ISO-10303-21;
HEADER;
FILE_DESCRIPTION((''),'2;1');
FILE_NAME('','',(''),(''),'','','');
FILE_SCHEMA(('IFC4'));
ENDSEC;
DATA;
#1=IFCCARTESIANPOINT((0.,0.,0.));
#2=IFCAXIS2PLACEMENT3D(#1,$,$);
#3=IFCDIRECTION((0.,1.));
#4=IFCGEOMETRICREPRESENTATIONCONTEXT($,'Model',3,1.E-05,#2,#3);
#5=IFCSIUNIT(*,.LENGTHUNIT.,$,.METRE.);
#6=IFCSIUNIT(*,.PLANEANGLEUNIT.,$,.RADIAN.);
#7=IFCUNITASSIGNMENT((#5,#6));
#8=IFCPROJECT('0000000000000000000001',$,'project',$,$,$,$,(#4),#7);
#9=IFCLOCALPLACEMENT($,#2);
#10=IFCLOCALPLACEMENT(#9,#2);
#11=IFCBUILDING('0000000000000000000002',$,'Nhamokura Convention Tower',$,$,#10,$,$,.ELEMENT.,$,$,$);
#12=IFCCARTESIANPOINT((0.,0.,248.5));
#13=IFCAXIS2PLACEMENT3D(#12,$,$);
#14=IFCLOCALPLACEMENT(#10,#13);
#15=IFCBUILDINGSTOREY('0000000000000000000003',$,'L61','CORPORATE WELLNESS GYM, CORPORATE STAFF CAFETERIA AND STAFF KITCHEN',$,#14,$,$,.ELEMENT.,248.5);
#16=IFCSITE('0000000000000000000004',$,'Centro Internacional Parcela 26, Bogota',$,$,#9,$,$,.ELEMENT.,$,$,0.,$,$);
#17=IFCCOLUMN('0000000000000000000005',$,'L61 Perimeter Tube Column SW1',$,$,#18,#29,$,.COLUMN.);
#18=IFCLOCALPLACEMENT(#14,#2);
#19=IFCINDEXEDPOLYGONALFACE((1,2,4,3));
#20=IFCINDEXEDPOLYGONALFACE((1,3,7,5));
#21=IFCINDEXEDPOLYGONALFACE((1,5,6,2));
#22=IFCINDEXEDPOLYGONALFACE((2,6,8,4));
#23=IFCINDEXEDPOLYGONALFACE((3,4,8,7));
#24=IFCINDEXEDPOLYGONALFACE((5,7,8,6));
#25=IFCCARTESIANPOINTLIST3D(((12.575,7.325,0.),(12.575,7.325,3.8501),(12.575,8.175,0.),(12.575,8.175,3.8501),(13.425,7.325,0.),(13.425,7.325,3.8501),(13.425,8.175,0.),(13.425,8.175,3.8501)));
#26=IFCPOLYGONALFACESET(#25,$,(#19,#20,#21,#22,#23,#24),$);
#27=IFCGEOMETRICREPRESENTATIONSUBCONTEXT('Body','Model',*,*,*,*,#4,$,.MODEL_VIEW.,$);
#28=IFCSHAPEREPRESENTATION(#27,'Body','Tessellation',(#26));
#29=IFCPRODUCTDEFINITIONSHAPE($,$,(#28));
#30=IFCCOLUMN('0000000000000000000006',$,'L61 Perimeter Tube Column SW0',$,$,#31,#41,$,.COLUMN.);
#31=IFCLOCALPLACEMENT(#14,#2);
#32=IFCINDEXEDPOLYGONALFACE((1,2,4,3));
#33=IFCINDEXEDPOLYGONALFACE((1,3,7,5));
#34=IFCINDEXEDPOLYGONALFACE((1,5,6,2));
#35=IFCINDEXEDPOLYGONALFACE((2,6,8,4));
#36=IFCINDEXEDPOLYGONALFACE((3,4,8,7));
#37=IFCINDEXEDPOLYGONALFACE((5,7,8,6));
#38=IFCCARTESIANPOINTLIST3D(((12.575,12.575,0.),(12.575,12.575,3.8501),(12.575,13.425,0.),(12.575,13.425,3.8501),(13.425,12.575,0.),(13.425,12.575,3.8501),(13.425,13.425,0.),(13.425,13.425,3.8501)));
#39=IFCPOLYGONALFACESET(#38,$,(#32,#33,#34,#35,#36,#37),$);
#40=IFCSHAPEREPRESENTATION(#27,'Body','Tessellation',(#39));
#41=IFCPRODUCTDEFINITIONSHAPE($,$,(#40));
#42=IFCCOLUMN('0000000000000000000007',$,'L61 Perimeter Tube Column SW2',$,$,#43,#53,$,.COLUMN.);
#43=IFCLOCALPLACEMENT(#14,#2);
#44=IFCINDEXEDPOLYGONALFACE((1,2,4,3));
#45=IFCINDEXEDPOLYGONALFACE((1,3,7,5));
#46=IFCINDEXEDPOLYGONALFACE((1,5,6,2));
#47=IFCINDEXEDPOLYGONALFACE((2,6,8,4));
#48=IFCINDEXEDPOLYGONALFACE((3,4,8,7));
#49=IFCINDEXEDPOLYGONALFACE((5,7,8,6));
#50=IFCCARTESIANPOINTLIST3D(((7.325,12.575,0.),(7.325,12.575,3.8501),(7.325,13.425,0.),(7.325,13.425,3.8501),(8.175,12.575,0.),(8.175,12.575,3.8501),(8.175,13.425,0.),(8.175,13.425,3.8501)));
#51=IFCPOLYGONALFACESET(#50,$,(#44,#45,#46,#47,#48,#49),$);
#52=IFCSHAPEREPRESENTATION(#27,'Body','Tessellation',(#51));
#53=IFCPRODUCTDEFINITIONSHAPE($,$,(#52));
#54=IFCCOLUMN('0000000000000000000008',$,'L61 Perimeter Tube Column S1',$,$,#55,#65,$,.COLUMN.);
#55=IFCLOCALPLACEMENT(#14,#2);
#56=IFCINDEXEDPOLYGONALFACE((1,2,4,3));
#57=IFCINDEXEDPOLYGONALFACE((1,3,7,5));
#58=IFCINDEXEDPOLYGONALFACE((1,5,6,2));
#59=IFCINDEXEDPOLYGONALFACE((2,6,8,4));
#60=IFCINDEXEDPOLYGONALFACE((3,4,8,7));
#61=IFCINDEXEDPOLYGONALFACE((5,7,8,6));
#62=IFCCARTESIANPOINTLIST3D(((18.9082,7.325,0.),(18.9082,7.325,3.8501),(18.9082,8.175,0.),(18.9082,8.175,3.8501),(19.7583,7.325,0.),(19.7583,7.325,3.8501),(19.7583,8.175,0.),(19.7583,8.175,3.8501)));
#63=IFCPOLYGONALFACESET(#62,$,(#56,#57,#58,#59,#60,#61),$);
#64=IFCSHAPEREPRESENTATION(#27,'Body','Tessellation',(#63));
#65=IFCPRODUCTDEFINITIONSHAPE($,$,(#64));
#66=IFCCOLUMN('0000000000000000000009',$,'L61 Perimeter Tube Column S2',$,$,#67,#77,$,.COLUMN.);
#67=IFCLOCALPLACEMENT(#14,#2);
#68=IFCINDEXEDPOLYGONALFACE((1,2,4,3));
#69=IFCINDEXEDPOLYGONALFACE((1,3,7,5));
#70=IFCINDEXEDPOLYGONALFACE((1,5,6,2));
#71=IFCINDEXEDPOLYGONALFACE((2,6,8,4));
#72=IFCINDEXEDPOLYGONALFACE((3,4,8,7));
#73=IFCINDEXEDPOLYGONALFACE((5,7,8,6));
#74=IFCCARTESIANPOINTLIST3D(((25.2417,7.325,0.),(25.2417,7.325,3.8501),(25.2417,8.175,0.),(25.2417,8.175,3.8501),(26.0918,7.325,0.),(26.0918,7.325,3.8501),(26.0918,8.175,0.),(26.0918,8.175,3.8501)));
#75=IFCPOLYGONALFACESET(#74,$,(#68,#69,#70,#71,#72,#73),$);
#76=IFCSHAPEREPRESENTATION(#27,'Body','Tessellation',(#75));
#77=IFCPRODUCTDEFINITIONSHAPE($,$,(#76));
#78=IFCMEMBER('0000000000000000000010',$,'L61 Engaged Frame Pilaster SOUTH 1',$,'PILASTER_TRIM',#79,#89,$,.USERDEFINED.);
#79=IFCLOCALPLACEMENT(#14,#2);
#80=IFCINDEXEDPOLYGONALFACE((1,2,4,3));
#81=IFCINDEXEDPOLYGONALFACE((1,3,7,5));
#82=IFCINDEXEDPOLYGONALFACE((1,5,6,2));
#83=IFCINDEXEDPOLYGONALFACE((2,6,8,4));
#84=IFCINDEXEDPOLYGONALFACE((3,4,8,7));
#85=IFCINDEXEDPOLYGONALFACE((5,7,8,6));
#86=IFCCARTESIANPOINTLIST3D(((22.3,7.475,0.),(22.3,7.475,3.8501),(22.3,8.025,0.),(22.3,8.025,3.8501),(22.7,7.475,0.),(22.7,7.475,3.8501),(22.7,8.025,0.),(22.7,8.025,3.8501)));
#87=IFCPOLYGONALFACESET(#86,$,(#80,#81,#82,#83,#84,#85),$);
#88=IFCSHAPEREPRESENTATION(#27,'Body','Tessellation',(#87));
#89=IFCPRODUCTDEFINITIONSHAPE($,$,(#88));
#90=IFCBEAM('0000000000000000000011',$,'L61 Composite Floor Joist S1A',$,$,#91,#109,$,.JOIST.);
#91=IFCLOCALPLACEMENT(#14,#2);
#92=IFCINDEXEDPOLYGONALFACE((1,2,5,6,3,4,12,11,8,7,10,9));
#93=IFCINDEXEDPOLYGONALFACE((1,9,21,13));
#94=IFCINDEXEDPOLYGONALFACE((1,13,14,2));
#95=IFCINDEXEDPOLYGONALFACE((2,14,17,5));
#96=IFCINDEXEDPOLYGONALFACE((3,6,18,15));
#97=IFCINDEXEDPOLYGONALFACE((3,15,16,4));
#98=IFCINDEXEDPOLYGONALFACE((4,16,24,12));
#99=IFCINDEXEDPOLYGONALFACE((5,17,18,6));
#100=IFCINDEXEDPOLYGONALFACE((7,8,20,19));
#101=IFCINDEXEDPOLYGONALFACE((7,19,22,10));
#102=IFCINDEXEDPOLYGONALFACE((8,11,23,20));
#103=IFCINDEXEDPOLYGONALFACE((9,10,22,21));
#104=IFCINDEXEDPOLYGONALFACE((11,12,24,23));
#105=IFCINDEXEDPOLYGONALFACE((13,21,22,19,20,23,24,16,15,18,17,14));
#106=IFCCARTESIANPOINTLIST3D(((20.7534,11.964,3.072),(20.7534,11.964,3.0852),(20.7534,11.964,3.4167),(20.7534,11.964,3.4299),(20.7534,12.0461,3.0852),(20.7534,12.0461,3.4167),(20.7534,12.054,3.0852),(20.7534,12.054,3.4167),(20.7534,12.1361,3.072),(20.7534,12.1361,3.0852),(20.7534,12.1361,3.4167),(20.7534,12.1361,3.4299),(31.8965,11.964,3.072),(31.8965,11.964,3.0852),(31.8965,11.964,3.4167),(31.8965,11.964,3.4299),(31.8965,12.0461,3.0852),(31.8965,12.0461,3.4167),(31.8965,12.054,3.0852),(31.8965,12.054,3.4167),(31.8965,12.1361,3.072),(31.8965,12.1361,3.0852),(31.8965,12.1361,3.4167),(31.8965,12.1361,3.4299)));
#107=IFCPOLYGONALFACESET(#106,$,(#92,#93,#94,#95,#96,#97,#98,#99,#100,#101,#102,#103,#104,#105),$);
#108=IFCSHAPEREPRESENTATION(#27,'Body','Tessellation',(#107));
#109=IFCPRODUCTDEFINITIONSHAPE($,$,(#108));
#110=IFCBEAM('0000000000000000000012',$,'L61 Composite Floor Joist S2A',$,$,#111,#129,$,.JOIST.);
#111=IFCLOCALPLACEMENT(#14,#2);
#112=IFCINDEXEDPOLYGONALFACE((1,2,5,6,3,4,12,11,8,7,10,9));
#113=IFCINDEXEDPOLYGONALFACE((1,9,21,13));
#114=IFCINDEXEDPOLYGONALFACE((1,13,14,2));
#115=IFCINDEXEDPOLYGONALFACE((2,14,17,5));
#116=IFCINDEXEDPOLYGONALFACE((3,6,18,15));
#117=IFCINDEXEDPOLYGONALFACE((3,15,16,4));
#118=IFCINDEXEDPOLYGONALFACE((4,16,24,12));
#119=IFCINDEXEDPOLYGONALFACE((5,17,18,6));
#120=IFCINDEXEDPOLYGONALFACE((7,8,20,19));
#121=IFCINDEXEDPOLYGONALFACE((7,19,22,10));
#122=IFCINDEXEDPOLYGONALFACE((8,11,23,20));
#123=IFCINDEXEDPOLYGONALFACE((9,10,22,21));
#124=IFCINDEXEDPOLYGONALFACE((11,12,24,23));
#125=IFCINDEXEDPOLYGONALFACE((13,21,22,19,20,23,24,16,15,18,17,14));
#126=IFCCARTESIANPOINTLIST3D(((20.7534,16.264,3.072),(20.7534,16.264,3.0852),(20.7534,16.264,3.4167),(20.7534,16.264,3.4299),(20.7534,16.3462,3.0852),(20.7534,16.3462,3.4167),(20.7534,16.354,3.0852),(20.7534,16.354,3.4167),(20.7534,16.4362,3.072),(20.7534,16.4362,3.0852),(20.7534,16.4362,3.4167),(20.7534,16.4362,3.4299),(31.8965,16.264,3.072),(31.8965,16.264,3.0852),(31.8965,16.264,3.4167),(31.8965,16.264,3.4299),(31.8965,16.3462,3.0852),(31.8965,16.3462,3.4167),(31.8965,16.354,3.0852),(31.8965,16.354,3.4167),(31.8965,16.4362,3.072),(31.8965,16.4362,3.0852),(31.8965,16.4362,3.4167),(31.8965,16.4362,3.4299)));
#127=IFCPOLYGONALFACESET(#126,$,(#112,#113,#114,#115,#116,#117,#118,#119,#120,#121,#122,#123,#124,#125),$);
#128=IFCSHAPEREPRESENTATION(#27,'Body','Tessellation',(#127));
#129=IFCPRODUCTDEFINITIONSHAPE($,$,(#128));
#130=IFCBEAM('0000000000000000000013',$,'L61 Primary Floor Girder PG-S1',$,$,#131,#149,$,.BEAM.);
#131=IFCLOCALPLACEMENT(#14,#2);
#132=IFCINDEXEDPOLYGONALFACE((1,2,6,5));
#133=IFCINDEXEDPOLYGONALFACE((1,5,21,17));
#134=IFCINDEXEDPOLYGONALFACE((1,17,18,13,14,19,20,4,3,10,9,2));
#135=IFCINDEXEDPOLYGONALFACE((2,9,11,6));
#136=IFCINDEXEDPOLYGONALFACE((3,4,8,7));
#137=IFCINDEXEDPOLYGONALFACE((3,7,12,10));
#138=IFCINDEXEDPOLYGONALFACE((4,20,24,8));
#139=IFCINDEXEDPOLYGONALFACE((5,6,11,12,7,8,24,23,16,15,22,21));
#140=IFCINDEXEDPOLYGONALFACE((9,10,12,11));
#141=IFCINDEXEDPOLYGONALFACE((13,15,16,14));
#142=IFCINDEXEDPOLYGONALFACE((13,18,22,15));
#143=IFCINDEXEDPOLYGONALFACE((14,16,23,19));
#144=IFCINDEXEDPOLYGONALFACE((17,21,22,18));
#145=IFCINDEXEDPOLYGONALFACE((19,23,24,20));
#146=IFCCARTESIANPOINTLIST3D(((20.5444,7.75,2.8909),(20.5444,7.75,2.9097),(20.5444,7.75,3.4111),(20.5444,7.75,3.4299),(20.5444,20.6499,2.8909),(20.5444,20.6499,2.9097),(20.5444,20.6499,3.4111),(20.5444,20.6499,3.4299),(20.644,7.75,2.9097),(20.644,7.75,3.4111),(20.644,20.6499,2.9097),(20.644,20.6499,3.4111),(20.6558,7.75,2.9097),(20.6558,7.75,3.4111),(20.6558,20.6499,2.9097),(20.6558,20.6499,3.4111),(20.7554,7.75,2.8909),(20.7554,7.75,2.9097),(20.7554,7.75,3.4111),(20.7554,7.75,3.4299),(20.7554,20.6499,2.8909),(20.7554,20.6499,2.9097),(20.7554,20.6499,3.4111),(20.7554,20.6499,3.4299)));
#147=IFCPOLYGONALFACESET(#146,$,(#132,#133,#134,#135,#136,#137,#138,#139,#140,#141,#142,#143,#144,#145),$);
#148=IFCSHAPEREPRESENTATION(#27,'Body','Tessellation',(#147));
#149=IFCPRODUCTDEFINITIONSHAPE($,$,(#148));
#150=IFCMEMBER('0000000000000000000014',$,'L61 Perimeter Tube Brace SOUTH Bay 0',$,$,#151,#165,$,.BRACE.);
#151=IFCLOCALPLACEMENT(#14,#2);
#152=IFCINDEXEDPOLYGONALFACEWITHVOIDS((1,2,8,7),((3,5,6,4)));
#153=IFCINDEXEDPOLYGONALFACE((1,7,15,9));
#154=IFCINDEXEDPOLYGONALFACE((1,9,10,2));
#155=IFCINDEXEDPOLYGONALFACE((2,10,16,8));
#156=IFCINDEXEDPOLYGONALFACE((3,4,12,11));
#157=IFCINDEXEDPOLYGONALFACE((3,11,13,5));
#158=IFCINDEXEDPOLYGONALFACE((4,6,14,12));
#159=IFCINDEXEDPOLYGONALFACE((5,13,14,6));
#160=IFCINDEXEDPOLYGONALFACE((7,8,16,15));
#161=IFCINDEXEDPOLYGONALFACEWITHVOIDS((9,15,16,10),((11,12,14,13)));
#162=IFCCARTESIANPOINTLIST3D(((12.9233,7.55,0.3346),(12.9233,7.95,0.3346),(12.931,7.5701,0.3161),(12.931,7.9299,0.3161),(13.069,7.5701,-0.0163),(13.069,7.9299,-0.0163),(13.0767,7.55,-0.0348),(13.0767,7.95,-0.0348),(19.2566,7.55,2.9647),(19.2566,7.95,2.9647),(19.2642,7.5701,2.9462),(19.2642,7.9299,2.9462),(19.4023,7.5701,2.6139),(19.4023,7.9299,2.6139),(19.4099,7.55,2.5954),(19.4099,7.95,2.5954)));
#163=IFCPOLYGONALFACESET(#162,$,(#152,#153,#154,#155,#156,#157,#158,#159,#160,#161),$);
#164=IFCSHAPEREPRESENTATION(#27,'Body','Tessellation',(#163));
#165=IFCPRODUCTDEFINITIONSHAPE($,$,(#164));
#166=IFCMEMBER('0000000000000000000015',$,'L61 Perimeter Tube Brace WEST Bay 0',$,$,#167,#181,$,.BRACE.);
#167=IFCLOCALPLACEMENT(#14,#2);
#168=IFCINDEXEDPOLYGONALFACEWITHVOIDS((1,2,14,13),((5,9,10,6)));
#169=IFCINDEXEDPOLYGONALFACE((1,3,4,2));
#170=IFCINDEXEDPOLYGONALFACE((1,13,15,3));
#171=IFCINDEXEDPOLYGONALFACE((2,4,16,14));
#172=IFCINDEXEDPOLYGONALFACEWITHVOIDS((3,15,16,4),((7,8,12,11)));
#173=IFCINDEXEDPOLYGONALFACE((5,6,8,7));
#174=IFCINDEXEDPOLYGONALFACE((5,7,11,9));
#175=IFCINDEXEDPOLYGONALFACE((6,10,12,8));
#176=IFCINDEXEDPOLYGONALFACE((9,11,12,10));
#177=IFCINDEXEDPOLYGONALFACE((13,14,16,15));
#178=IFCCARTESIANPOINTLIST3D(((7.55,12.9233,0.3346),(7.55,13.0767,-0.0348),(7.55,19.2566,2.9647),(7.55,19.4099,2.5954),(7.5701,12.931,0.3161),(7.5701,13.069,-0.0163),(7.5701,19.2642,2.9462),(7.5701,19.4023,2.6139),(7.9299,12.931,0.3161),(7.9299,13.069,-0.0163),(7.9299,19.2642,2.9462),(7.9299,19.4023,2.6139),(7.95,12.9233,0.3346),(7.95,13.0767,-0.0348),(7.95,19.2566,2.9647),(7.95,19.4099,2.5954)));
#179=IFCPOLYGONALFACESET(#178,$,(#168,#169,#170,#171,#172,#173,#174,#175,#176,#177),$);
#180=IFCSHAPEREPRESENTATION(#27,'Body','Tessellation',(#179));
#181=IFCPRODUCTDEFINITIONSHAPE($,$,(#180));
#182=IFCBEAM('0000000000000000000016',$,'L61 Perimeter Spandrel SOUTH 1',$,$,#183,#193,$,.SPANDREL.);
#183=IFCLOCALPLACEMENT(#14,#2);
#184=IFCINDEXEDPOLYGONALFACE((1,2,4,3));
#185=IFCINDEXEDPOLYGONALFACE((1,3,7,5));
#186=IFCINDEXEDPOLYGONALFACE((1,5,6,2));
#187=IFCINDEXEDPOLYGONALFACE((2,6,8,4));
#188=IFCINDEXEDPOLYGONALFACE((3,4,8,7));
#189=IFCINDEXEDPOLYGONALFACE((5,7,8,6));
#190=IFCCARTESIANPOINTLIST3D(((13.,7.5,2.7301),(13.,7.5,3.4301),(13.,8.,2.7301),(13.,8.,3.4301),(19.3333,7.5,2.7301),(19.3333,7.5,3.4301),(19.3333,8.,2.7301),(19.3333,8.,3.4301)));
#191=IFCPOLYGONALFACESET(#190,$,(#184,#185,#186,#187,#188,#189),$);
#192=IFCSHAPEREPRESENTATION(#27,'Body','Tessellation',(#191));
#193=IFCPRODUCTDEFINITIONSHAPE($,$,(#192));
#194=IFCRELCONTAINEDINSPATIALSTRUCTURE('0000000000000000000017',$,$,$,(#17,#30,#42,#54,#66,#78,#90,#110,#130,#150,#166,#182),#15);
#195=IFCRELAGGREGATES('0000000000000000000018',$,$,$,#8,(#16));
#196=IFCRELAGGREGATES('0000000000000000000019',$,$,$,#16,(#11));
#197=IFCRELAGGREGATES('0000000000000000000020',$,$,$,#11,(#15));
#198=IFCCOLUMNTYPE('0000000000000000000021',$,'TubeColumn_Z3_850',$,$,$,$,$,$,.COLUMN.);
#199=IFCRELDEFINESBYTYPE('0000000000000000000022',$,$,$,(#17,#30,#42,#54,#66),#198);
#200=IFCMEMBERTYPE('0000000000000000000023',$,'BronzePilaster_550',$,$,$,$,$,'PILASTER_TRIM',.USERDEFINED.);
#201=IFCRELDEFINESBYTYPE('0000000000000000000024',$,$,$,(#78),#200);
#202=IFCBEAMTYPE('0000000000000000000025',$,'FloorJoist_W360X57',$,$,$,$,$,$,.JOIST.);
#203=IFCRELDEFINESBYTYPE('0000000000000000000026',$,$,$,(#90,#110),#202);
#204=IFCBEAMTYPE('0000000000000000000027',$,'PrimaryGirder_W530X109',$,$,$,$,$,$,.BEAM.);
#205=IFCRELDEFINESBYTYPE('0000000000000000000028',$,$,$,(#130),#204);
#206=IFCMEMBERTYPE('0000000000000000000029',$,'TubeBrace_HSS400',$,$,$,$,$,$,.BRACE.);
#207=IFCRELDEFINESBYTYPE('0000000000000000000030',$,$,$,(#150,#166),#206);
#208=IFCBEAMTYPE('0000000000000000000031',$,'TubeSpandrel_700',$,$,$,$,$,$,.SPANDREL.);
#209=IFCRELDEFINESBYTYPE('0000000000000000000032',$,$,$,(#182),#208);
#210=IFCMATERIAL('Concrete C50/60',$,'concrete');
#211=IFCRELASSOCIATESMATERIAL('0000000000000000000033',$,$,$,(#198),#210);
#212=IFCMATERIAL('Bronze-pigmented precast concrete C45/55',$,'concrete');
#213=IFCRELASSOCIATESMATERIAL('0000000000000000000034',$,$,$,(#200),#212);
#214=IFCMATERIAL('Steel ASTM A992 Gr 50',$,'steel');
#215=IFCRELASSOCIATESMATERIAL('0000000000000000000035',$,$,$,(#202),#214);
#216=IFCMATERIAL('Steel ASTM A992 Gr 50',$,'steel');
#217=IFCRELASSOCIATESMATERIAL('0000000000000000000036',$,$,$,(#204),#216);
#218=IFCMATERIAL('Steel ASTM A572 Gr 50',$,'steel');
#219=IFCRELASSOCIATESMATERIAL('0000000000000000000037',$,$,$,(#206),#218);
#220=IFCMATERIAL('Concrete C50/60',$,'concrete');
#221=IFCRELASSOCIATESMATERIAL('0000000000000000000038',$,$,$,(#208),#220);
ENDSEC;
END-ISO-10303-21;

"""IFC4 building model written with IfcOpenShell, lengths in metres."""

from ifc_helpers import new_model, si_unit, direction, frame, origin, origin_2d, place, context, subcontext, project, spatial, rectangle, hollow_rectangle, i_section, extrude, material, material_profile, profile_set, type_object, element, save


model = new_model("IFC4")

# Units and contexts
model_context = context("Model", 3, precision=1e-05, world=origin(), true_north=direction((0.0, 1.0)))
body_context = subcontext(model_context, "Body", "Model", "MODEL_VIEW")
ifc_project = project(units=[si_unit("LENGTHUNIT", "METRE"), si_unit("PLANEANGLEUNIT", "RADIAN")], contexts=[model_context])

# Site, building, storey
site_placement = place(None, origin())
site = spatial("IfcSite", under=ifc_project, at=site_placement, Name="Centro Internacional Parcela 26, Bogota", CompositionType="ELEMENT", RefElevation=0.0)
building_placement = place(site_placement, origin())
building = spatial("IfcBuilding", under=site, at=building_placement, Name="Nhamokura Convention Tower", CompositionType="ELEMENT")
storey_placement = place(building_placement, frame((0.0, 0.0, 248.5)))
storey = spatial("IfcBuildingStorey", under=building, at=storey_placement, Name="L61", Description="CORPORATE WELLNESS GYM, CORPORATE STAFF CAFETERIA AND STAFF KITCHEN", CompositionType="ELEMENT", Elevation=248.5)

# Columns
ifc_material_1 = material(Name="Concrete C50/60", Category="concrete")
ifc_material_profile_1 = material_profile(ifc_material_1, rectangle(XDim=0.8501, YDim=0.8501, at=origin_2d()))
ifc_profile_set_1 = profile_set([ifc_material_profile_1], Name="Concrete C50/60")
column_type = type_object("IfcColumnType", Name="TubeColumn_Z3_850", PredefinedType="COLUMN", material=ifc_profile_set_1)
for number, where, z_axis, x_axis, name in (
    (1, (13.0, 7.75, 0.0), (0.0, 0.0, 1.0), (1.0, 0.0, 0.0), "L61 Perimeter Tube Column SW1"),
    (2, (13.0, 13.0, 0.0), (0.0, 0.0, 1.0), (1.0, 0.0, 0.0), "L61 Perimeter Tube Column SW0"),
    (3, (7.75, 13.0, 0.0), (0.0, 0.0, 1.0), (1.0, 0.0, 0.0), "L61 Perimeter Tube Column SW2"),
    (4, (19.3333, 7.75, 0.0), (0.0, 0.0, 1.0), (1.0, 0.0, 0.0), "L61 Perimeter Tube Column S1"),
    (5, (25.6667, 7.75, 0.0), (0.0, 0.0, 1.0), (1.0, 0.0, 0.0), "L61 Perimeter Tube Column S2"),
):
    element("IfcColumn", number, at=place(storey_placement, frame(where, z_axis=z_axis, x_axis=x_axis)), inside=storey, type_object=column_type, Name=name, PredefinedType="COLUMN", context=body_context, shape_type="SweptSolid", body=[
        extrude(rectangle(XDim=0.8501, YDim=0.8501, at=origin_2d()), origin(), (0.0, 0.0, 1.0), 3.8501),
    ])

# Member
ifc_material_2 = material(Name="Bronze-pigmented precast concrete C45/55", Category="concrete")
ifc_material_profile_2 = material_profile(ifc_material_2, rectangle(XDim=0.3999, YDim=0.55, at=origin_2d()))
ifc_profile_set_2 = profile_set([ifc_material_profile_2], Name="Bronze-pigmented precast concrete C45/55")
member_type_1 = type_object("IfcMemberType", Name="BronzePilaster_550", ElementType="PILASTER_TRIM", PredefinedType="USERDEFINED", material=ifc_profile_set_2)
member_placement = place(storey_placement, frame((22.5, 7.75, 0.0), z_axis=(0.0, 0.0, 1.0), x_axis=(1.0, 0.0, 0.0)))
element("IfcMember", 6, at=member_placement, inside=storey, type_object=member_type_1, Name="L61 Engaged Frame Pilaster SOUTH 1", ObjectType="PILASTER_TRIM", PredefinedType="USERDEFINED", context=body_context, shape_type="SweptSolid", body=[
    extrude(rectangle(XDim=0.3999, YDim=0.55, at=origin_2d()), origin(), (0.0, 0.0, 1.0), 3.8501),
])

# Beams
ifc_material_3 = material(Name="Steel ASTM A992 Gr 50", Category="steel")
ifc_material_profile_3 = material_profile(ifc_material_3, i_section(OverallWidth=0.1721, OverallDepth=0.3579, WebThickness=0.0078, FlangeThickness=0.0132, at=origin_2d()))
ifc_profile_set_3 = profile_set([ifc_material_profile_3], Name="Steel ASTM A992 Gr 50")
beam_type_1 = type_object("IfcBeamType", Name="FloorJoist_W360X57", PredefinedType="JOIST", material=ifc_profile_set_3)
for number, where, z_axis, x_axis, name in (
    (7, (20.7534, 12.05, 3.251), (1.0, 0.0, 0.0), (0.0, 1.0, 0.0), "L61 Composite Floor Joist S1A"),
    (8, (20.7534, 16.3501, 3.251), (1.0, 0.0, 0.0), (0.0, 1.0, 0.0), "L61 Composite Floor Joist S2A"),
):
    element("IfcBeam", number, at=place(storey_placement, frame(where, z_axis=z_axis, x_axis=x_axis)), inside=storey, type_object=beam_type_1, Name=name, PredefinedType="JOIST", context=body_context, shape_type="SweptSolid", body=[
        extrude(i_section(OverallWidth=0.1721, OverallDepth=0.3579, WebThickness=0.0078, FlangeThickness=0.0132, at=origin_2d()), origin(), (0.0, 0.0, 1.0), 11.1431),
    ])
ifc_material_4 = material(Name="Steel ASTM A992 Gr 50", Category="steel")
ifc_material_profile_4 = material_profile(ifc_material_4, i_section(OverallWidth=0.2109, OverallDepth=0.5391, WebThickness=0.0117, FlangeThickness=0.0188, at=origin_2d()))
ifc_profile_set_4 = profile_set([ifc_material_profile_4], Name="Steel ASTM A992 Gr 50")
beam_type_2 = type_object("IfcBeamType", Name="PrimaryGirder_W530X109", PredefinedType="BEAM", material=ifc_profile_set_4)
beam_1_placement = place(storey_placement, frame((20.6499, 7.75, 3.1604), z_axis=(0.0, 1.0, 0.0), x_axis=(-1.0, 0.0, 0.0)))
element("IfcBeam", 9, at=beam_1_placement, inside=storey, type_object=beam_type_2, Name="L61 Primary Floor Girder PG-S1", PredefinedType="BEAM", context=body_context, shape_type="SweptSolid", body=[
    extrude(i_section(OverallWidth=0.2109, OverallDepth=0.5391, WebThickness=0.0117, FlangeThickness=0.0188, at=origin_2d()), origin(), (0.0, 0.0, 1.0), 12.8999),
])

# Members
ifc_material_5 = material(Name="Steel ASTM A572 Gr 50", Category="steel")
ifc_material_profile_5 = material_profile(ifc_material_5, hollow_rectangle(XDim=0.3999, YDim=0.3999, WallThickness=0.02, at=origin_2d()))
ifc_profile_set_5 = profile_set([ifc_material_profile_5], Name="Steel ASTM A572 Gr 50")
member_type_2 = type_object("IfcMemberType", Name="TubeBrace_HSS400", PredefinedType="BRACE", material=ifc_profile_set_5)
for number, where, z_axis, x_axis, name in (
    (10, (13.0, 7.75, 0.1499), (0.923528, 0.0, 0.383531), (0.0, 1.0, 0.0), "L61 Perimeter Tube Brace SOUTH Bay 0"),
    (11, (7.75, 13.0, 0.1499), (0.0, 0.923528, 0.383531), (-1.0, 0.0, 0.0), "L61 Perimeter Tube Brace WEST Bay 0"),
):
    element("IfcMember", number, at=place(storey_placement, frame(where, z_axis=z_axis, x_axis=x_axis)), inside=storey, type_object=member_type_2, Name=name, PredefinedType="BRACE", context=body_context, shape_type="SweptSolid", body=[
        extrude(hollow_rectangle(XDim=0.3999, YDim=0.3999, WallThickness=0.02, at=origin_2d()), origin(), (0.0, 0.0, 1.0), 6.8577),
    ])

# Beam
ifc_material_6 = material(Name="Concrete C50/60", Category="concrete")
ifc_material_profile_6 = material_profile(ifc_material_6, rectangle(XDim=0.5, YDim=0.7, at=origin_2d()))
ifc_profile_set_6 = profile_set([ifc_material_profile_6], Name="Concrete C50/60")
beam_type_3 = type_object("IfcBeamType", Name="TubeSpandrel_700", PredefinedType="SPANDREL", material=ifc_profile_set_6)
beam_2_placement = place(storey_placement, frame((13.0, 7.75, 3.0801), z_axis=(1.0, 0.0, 0.0), x_axis=(0.0, 1.0, 0.0)))
element("IfcBeam", 12, at=beam_2_placement, inside=storey, type_object=beam_type_3, Name="L61 Perimeter Spandrel SOUTH 1", PredefinedType="SPANDREL", context=body_context, shape_type="SweptSolid", body=[
    extrude(rectangle(XDim=0.5, YDim=0.7, at=origin_2d()), origin(), (0.0, 0.0, 1.0), 6.3333),
])

save(model, "model.ifc")
